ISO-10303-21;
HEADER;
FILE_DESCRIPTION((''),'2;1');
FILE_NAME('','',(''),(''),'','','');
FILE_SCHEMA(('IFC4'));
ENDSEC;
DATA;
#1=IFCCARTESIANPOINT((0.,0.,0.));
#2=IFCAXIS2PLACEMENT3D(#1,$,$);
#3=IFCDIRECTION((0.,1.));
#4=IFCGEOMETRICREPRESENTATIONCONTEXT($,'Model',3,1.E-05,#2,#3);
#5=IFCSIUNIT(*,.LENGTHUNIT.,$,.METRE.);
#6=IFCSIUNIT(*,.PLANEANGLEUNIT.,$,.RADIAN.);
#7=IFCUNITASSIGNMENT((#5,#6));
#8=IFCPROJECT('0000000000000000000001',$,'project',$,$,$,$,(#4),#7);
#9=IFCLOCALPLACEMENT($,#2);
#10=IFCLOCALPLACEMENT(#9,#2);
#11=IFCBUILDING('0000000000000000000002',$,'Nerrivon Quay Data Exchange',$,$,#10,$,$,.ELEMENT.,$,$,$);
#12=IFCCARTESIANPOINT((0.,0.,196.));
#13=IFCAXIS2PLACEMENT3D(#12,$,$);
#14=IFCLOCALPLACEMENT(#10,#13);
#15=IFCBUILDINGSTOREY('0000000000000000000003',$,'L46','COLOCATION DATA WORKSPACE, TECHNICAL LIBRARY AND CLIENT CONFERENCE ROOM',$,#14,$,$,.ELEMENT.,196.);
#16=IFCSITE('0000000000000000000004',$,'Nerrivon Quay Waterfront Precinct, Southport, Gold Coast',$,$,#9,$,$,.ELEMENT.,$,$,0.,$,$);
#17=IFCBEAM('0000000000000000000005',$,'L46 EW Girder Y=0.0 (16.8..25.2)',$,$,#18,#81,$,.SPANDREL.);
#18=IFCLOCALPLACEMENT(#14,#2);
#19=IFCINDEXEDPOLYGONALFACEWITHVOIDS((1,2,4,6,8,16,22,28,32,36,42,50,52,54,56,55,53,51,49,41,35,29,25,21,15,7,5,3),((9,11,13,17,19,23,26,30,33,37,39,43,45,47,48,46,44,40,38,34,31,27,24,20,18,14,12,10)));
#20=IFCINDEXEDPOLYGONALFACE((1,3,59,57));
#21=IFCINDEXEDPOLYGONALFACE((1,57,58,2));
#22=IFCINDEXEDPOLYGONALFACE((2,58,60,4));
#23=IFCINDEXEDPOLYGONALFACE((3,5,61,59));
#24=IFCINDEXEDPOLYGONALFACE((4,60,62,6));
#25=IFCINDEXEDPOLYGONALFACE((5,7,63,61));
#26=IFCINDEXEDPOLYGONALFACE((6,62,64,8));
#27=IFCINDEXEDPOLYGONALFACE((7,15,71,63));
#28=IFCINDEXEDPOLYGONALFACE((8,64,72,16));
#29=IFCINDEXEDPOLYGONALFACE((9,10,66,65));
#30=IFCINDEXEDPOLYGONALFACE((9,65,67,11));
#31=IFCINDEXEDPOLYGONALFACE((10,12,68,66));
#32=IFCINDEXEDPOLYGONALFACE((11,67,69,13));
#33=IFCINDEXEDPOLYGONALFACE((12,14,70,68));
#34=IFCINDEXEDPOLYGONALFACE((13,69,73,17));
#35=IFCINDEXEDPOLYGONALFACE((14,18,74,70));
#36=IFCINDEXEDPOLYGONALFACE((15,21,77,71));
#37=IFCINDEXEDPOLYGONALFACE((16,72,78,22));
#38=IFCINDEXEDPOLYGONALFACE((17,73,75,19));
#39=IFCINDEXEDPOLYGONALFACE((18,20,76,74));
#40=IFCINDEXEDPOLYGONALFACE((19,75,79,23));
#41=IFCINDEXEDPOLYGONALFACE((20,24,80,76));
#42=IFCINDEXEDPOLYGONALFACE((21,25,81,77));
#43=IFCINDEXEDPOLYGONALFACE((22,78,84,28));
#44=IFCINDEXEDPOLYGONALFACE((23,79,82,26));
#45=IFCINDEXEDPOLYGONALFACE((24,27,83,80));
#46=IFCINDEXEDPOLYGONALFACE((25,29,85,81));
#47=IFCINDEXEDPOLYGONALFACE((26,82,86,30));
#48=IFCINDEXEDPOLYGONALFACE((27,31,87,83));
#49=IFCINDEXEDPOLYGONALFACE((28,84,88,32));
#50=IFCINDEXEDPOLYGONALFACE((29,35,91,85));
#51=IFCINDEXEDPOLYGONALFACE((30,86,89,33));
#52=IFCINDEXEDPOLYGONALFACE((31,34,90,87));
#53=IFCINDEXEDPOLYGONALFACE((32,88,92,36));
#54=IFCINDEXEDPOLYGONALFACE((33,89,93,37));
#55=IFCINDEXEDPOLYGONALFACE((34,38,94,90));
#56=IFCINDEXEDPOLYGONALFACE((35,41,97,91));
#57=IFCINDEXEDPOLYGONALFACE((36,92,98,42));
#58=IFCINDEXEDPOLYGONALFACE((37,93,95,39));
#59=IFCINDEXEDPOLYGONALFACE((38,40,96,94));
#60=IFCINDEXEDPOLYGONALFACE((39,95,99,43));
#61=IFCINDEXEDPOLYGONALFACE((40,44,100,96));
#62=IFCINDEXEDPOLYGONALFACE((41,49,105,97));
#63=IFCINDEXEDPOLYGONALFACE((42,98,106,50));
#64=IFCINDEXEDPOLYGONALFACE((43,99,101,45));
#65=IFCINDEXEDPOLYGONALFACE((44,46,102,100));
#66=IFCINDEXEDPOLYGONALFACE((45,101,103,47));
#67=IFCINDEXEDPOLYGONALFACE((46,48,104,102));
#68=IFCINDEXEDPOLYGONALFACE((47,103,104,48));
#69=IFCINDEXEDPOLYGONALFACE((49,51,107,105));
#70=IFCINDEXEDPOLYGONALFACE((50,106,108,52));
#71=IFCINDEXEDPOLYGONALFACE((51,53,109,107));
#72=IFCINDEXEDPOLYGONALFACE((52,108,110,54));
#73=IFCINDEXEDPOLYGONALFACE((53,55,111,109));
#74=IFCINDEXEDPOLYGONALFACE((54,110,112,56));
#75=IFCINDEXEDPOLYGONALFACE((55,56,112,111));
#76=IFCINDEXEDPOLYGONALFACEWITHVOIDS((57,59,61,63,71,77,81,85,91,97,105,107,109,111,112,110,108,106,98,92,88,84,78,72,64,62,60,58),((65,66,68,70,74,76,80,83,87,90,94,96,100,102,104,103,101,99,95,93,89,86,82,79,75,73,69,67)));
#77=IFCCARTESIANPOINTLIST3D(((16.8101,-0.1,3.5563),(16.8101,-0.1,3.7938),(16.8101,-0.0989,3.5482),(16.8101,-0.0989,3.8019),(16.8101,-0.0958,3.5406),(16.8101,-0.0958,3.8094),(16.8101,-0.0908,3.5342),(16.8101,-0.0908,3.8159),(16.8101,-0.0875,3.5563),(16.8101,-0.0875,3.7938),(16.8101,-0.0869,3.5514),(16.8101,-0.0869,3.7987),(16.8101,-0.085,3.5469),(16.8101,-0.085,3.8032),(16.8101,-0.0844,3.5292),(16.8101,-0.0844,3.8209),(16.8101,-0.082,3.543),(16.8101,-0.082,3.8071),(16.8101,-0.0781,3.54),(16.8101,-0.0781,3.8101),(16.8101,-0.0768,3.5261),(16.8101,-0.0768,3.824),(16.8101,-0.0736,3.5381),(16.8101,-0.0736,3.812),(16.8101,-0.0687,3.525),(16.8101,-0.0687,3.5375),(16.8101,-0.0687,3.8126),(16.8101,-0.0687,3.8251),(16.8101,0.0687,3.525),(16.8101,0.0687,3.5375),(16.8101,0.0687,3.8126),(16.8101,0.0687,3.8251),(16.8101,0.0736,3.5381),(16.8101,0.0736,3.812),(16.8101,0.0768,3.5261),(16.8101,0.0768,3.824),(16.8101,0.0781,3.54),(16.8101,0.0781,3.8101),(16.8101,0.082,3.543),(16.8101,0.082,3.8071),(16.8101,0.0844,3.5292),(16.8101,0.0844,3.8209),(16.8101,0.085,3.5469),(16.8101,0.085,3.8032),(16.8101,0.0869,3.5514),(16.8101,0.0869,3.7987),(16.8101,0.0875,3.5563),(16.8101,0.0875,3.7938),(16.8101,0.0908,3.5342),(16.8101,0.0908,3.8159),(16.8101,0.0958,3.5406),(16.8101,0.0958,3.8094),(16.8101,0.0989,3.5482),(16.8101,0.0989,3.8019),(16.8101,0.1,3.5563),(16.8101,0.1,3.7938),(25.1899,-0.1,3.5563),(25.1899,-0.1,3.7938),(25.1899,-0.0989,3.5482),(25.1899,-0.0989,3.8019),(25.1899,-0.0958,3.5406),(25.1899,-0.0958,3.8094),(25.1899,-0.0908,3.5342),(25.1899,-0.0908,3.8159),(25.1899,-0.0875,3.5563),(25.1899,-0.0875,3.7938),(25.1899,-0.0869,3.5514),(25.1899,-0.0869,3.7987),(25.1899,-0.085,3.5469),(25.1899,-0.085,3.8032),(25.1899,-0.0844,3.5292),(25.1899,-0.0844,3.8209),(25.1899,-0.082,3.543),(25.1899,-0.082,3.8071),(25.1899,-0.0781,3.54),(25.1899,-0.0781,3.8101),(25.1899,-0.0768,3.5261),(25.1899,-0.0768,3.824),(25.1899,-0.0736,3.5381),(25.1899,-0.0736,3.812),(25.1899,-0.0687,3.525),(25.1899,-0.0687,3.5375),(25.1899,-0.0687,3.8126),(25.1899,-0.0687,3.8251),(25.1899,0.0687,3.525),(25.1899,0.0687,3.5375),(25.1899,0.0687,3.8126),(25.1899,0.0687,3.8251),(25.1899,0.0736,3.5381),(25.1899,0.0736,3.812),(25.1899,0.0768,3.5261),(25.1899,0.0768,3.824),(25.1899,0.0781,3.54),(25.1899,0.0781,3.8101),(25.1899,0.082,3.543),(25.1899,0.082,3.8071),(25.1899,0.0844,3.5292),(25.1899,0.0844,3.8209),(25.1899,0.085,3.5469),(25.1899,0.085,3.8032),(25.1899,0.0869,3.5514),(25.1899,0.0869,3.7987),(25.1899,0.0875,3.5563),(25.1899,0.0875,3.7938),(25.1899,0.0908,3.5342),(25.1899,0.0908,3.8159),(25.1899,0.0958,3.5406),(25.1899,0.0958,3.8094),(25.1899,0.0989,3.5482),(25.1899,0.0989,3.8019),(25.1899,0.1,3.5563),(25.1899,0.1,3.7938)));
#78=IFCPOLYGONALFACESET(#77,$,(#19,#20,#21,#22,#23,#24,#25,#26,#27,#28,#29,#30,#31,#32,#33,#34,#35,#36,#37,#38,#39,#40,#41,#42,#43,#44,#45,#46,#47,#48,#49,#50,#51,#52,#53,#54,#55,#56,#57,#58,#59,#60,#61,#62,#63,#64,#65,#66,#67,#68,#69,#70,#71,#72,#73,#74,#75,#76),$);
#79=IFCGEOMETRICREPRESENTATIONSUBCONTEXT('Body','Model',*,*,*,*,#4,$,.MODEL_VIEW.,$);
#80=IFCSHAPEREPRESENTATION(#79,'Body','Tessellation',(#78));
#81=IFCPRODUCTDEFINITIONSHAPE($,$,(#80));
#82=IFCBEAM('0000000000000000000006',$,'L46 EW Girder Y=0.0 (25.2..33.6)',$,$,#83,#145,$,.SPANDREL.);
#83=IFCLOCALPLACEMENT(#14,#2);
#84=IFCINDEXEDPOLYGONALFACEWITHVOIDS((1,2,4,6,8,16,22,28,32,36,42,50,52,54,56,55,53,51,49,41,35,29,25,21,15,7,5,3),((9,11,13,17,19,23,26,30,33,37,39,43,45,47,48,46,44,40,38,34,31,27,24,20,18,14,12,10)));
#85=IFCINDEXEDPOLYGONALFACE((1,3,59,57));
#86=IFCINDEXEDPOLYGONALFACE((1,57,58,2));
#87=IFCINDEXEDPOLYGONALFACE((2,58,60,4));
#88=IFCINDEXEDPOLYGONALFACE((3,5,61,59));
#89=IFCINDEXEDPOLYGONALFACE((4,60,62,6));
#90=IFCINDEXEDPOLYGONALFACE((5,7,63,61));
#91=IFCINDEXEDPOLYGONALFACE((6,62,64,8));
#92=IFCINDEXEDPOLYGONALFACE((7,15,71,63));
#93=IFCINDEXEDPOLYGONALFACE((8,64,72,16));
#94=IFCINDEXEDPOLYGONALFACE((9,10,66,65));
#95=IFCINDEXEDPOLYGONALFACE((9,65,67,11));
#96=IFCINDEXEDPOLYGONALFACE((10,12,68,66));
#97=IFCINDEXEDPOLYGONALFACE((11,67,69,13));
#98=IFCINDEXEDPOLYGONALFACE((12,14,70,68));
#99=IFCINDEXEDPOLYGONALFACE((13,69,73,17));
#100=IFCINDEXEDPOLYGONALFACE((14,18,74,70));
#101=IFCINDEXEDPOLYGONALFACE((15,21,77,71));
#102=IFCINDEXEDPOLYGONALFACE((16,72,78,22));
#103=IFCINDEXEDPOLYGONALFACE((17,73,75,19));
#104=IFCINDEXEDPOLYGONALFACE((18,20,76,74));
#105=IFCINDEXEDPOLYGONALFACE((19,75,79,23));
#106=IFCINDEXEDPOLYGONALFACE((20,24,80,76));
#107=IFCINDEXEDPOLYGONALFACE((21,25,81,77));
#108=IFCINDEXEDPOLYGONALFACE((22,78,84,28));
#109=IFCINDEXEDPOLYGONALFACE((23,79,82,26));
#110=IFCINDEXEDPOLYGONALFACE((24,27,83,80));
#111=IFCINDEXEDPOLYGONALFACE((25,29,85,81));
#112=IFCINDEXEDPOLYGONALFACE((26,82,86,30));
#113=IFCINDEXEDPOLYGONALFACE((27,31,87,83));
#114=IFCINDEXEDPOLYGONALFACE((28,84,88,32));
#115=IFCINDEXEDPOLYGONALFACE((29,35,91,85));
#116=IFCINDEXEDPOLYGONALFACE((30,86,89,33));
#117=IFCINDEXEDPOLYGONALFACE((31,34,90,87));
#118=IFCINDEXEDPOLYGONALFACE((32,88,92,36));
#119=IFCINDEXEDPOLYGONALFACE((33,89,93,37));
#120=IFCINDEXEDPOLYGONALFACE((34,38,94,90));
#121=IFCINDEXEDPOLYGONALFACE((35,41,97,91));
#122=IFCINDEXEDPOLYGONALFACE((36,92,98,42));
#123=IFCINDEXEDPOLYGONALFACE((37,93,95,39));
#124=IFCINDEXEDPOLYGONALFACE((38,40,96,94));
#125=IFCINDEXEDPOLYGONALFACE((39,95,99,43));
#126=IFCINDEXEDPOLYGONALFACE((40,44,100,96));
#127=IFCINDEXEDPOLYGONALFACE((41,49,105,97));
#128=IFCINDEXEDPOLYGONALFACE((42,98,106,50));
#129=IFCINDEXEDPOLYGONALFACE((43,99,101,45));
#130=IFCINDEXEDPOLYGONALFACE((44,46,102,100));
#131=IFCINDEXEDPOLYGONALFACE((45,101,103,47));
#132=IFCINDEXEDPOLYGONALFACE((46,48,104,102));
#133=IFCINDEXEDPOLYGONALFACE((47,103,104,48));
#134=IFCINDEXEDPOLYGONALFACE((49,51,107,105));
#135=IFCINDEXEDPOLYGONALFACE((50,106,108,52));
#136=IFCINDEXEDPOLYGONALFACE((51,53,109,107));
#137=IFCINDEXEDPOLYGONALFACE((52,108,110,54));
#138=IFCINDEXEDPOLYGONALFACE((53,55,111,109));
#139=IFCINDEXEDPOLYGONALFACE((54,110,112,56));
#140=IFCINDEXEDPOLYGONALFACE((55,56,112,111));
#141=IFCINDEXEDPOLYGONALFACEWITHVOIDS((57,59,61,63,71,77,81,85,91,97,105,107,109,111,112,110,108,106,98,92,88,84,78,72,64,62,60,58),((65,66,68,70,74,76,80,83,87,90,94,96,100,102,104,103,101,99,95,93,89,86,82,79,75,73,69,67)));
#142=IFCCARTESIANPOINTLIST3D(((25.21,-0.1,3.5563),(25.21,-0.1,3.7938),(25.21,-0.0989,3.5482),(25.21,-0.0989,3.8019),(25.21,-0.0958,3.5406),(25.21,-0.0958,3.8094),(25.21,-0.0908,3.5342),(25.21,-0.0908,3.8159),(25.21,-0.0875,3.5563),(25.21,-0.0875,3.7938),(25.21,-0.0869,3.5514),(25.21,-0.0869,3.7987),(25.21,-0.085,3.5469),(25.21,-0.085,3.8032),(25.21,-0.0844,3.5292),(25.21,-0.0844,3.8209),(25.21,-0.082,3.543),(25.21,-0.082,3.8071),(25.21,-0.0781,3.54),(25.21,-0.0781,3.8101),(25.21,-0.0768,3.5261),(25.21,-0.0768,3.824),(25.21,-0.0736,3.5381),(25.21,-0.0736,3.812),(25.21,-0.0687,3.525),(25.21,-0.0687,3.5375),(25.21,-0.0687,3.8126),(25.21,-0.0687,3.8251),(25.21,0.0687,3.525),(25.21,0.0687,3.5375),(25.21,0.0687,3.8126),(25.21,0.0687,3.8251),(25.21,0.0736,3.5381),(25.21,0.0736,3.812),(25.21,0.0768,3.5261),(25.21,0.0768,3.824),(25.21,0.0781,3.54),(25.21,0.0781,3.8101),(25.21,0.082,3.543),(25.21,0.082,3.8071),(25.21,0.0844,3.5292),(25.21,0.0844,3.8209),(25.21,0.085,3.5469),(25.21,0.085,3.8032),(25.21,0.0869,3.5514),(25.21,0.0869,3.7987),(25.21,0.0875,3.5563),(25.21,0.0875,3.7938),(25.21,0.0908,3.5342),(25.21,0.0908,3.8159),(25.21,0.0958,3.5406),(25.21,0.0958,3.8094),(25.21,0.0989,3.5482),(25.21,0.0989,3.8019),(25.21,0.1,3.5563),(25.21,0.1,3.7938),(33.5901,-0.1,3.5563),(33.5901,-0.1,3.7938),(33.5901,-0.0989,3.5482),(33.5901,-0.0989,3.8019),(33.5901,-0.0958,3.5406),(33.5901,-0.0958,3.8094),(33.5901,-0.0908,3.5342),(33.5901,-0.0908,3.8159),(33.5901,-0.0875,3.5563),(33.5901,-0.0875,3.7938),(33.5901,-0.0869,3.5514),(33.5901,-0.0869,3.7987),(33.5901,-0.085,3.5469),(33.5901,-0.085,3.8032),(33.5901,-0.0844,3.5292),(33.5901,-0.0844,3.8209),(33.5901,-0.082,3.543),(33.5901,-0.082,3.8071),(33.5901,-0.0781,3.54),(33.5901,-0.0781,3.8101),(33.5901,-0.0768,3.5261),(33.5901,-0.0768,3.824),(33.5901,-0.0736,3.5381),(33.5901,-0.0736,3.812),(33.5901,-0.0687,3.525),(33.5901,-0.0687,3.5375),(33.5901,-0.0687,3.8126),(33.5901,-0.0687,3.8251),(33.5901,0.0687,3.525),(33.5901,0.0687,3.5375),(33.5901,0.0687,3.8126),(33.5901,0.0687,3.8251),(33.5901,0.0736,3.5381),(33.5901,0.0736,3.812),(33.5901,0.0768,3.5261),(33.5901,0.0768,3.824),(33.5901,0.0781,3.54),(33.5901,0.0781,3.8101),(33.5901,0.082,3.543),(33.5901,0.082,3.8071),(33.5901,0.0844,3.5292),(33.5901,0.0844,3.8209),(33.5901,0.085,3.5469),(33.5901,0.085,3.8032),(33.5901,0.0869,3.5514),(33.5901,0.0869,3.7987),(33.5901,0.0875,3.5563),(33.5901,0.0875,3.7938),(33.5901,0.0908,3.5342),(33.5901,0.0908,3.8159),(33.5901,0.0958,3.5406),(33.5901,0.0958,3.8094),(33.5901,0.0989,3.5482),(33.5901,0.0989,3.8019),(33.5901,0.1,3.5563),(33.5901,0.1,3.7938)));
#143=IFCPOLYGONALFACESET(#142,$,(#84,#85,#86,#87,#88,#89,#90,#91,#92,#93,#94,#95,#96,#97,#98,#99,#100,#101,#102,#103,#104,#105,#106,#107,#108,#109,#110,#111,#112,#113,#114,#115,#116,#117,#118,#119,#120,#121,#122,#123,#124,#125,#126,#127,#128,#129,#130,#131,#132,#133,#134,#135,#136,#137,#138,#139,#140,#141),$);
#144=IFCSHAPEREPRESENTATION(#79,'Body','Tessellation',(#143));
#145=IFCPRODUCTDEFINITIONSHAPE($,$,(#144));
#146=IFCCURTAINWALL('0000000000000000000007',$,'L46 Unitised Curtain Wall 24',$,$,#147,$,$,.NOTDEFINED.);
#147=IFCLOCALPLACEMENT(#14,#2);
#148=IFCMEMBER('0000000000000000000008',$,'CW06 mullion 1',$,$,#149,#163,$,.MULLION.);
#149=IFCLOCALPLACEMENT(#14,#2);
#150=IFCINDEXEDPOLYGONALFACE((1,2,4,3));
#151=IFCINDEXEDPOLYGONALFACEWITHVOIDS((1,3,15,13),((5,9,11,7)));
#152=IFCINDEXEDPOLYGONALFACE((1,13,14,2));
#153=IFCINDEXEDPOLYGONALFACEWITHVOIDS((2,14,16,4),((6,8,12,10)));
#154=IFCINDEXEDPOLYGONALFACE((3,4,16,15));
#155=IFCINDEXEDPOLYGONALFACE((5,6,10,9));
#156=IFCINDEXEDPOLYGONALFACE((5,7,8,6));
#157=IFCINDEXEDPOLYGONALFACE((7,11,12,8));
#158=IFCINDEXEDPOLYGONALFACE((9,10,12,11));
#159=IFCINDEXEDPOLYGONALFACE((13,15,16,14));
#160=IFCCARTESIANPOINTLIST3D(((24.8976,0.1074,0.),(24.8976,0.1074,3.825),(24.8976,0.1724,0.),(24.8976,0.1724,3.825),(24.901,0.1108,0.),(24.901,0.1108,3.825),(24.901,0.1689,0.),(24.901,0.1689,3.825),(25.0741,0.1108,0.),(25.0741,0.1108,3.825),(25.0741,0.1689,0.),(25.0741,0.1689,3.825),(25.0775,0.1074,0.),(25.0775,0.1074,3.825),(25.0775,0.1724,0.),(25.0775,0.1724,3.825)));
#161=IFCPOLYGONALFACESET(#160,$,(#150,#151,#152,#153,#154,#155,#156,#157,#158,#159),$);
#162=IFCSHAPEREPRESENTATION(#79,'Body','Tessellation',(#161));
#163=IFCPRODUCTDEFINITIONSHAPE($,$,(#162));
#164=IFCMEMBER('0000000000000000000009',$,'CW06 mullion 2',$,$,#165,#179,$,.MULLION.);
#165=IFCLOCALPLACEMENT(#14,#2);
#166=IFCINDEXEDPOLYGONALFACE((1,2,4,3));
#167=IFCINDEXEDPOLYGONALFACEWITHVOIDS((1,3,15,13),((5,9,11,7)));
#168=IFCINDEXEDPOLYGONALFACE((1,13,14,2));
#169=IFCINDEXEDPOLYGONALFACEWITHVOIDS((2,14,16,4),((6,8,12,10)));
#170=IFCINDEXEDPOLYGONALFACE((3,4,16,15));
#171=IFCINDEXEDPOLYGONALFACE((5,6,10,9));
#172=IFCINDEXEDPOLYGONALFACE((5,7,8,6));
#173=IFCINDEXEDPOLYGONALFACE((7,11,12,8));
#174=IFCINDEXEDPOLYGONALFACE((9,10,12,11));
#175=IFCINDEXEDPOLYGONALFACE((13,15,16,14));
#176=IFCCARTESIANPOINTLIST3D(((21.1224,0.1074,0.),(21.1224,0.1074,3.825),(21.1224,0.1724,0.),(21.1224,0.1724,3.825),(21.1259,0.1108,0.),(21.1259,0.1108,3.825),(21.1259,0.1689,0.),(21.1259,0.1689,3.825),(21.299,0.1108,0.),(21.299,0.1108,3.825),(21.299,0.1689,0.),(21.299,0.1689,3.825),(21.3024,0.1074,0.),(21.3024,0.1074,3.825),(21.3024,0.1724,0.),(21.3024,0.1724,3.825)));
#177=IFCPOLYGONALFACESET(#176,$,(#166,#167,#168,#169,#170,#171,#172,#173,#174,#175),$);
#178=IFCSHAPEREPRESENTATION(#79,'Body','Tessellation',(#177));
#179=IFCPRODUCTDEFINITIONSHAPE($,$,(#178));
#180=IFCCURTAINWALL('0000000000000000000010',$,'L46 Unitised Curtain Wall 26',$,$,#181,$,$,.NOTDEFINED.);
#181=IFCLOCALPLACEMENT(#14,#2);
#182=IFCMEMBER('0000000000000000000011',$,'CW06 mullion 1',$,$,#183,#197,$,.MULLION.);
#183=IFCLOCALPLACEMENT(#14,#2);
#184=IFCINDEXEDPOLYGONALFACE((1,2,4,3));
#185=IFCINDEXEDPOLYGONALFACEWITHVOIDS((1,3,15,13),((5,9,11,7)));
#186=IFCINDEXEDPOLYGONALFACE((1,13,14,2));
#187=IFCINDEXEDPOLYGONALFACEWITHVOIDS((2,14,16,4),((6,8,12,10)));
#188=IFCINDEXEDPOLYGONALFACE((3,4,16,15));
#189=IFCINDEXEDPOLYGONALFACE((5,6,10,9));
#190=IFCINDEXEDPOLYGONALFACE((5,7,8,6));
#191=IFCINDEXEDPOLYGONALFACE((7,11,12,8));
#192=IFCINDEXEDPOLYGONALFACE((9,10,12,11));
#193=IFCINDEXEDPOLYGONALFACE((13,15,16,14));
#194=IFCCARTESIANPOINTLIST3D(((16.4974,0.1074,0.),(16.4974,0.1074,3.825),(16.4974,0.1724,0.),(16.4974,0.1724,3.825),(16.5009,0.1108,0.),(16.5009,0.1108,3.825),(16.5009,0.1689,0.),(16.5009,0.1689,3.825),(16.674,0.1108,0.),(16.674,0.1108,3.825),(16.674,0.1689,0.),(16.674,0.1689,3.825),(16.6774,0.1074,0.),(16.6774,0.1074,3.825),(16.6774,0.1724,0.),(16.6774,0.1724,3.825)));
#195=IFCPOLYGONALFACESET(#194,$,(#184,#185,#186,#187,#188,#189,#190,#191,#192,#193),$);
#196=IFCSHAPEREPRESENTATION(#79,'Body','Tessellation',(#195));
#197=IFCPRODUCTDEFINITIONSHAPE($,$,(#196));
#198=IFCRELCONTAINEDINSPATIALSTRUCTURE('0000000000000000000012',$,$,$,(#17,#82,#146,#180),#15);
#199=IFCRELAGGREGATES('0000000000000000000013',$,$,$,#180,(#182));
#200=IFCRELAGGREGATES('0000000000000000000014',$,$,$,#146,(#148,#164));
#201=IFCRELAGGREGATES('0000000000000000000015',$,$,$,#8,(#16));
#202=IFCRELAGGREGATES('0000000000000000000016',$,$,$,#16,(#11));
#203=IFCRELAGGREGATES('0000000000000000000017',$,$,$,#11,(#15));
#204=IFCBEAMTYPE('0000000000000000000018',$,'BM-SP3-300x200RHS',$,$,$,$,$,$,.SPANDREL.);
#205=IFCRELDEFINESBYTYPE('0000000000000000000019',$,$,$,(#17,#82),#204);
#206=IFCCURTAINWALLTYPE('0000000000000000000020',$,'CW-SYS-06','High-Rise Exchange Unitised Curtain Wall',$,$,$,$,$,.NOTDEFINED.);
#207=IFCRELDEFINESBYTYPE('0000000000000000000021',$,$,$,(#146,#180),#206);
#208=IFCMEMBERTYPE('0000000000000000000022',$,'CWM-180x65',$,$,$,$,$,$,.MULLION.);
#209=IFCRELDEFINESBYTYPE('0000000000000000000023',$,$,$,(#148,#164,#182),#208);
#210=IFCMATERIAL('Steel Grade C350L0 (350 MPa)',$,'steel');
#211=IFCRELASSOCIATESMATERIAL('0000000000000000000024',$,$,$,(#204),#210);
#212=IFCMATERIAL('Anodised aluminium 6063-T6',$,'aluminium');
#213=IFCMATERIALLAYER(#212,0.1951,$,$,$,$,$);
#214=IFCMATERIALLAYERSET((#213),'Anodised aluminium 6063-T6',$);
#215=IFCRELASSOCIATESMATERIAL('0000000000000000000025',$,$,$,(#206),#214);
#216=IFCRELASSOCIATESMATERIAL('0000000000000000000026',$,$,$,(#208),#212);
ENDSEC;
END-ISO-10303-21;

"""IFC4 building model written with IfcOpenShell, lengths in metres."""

from ifc_helpers import new_model, si_unit, direction, frame, origin, origin_2d, place, context, subcontext, project, spatial, hollow_rectangle, extrude, material, layer, layer_set, material_profile, profile_set, type_object, element, aggregate, save


model = new_model("IFC4")

# Units and contexts
model_context = context("Model", 3, precision=1e-05, world=origin(), true_north=direction((0.0, 1.0)))
body_context = subcontext(model_context, "Body", "Model", "MODEL_VIEW")
ifc_project = project(units=[si_unit("LENGTHUNIT", "METRE"), si_unit("PLANEANGLEUNIT", "RADIAN")], contexts=[model_context])

# Site, building, storey
site_placement = place(None, origin())
site = spatial("IfcSite", under=ifc_project, at=site_placement, Name="Nerrivon Quay Waterfront Precinct, Southport, Gold Coast", CompositionType="ELEMENT", RefElevation=0.0)
building_placement = place(site_placement, origin())
building = spatial("IfcBuilding", under=site, at=building_placement, Name="Nerrivon Quay Data Exchange", CompositionType="ELEMENT")
storey_placement = place(building_placement, frame((0.0, 0.0, 196.0)))
storey = spatial("IfcBuildingStorey", under=building, at=storey_placement, Name="L46", Description="COLOCATION DATA WORKSPACE, TECHNICAL LIBRARY AND CLIENT CONFERENCE ROOM", CompositionType="ELEMENT", Elevation=196.0)

# Beams
ifc_material_1 = material(Name="Steel Grade C350L0 (350 MPa)", Category="steel")
ifc_material_profile_1 = material_profile(ifc_material_1, hollow_rectangle(XDim=0.2, YDim=0.3, WallThickness=0.0125, InnerFilletRadius=0.0188, OuterFilletRadius=0.0312, at=origin_2d()), Name="300x200x12.5RHS")
ifc_profile_set_1 = profile_set([ifc_material_profile_1], Name="Steel Grade C350L0 (350 MPa)")
beam_type_1 = type_object("IfcBeamType", Name="BM-SP3-300x200RHS", PredefinedType="SPANDREL", material=ifc_profile_set_1)
beam_1_placement = place(storey_placement, frame((16.8101, 0.0, 3.675), z_axis=(1.0, 0.0, 0.0), x_axis=(0.0, 1.0, 0.0)))
element("IfcBeam", 1, at=beam_1_placement, inside=storey, type_object=beam_type_1, Name="L46 EW Girder Y=0.0 (16.8..25.2)", PredefinedType="SPANDREL", context=body_context, shape_type="SweptSolid", body=[
    extrude(hollow_rectangle(XDim=0.2, YDim=0.3, WallThickness=0.0125, InnerFilletRadius=0.0188, OuterFilletRadius=0.0312, at=origin_2d()), origin(), (0.0, 0.0, 1.0), 8.3799),
])
beam_2_placement = place(storey_placement, frame((25.21, 0.0, 3.675), z_axis=(1.0, 0.0, 0.0), x_axis=(0.0, 1.0, 0.0)))
element("IfcBeam", 2, at=beam_2_placement, inside=storey, type_object=beam_type_1, Name="L46 EW Girder Y=0.0 (25.2..33.6)", PredefinedType="SPANDREL", context=body_context, shape_type="SweptSolid", body=[
    extrude(hollow_rectangle(XDim=0.2, YDim=0.3, WallThickness=0.0125, InnerFilletRadius=0.0188, OuterFilletRadius=0.0312, at=origin_2d()), origin(), (0.0, 0.0, 1.0), 8.3801),
])

# Curtain wall, members
ifc_material_2 = material(Name="Anodised aluminium 6063-T6", Category="aluminium")
ifc_layer_1 = layer(ifc_material_2, 0.1951)
ifc_layer_set_1 = layer_set([ifc_layer_1], Name="Anodised aluminium 6063-T6")
curtain_wall_type = type_object("IfcCurtainWallType", Name="CW-SYS-06", Description="High-Rise Exchange Unitised Curtain Wall", PredefinedType="NOTDEFINED", material=ifc_layer_set_1)
curtain_wall_1_placement = place(storey_placement, origin())
curtain_wall_1 = element("IfcCurtainWall", 3, at=curtain_wall_1_placement, inside=storey, type_object=curtain_wall_type, Name="L46 Unitised Curtain Wall 24", PredefinedType="NOTDEFINED")
ifc_material_profile_2 = material_profile(ifc_material_2, hollow_rectangle(XDim=0.0649, YDim=0.1799, WallThickness=0.0034, at=origin_2d()), Name="ALU-MULL-180x65")
ifc_profile_set_2 = profile_set([ifc_material_profile_2], Name="Anodised aluminium 6063-T6")
member_type_1 = type_object("IfcMemberType", Name="CWM-180x65", PredefinedType="MULLION", material=ifc_profile_set_2)
member_1_placement = place(storey_placement, frame((24.9875, 0.1399, 0.0), z_axis=(0.0, 0.0, 1.0), x_axis=(0.0, -1.0, 0.0)))
member_1 = element("IfcMember", 4, at=member_1_placement, type_object=member_type_1, Name="CW06 mullion 1", PredefinedType="MULLION", context=body_context, shape_type="SweptSolid", body=[
    extrude(hollow_rectangle(XDim=0.0649, YDim=0.1799, WallThickness=0.0034, at=origin_2d()), origin(), (0.0, 0.0, 1.0), 3.825),
])
member_2_placement = place(storey_placement, frame((21.2124, 0.1399, 0.0), z_axis=(0.0, 0.0, 1.0), x_axis=(0.0, -1.0, 0.0)))
member_2 = element("IfcMember", 5, at=member_2_placement, type_object=member_type_1, Name="CW06 mullion 2", PredefinedType="MULLION", context=body_context, shape_type="SweptSolid", body=[
    extrude(hollow_rectangle(XDim=0.0649, YDim=0.1799, WallThickness=0.0034, at=origin_2d()), origin(), (0.0, 0.0, 1.0), 3.825),
])

# Curtain wall, member
curtain_wall_2_placement = place(storey_placement, origin())
curtain_wall_2 = element("IfcCurtainWall", 6, at=curtain_wall_2_placement, inside=storey, type_object=curtain_wall_type, Name="L46 Unitised Curtain Wall 26", PredefinedType="NOTDEFINED")
member_3_placement = place(storey_placement, frame((16.5874, 0.1399, 0.0), z_axis=(0.0, 0.0, 1.0), x_axis=(0.0, -1.0, 0.0)))
member_3 = element("IfcMember", 7, at=member_3_placement, type_object=member_type_1, Name="CW06 mullion 1", PredefinedType="MULLION", context=body_context, shape_type="SweptSolid", body=[
    extrude(hollow_rectangle(XDim=0.0649, YDim=0.1799, WallThickness=0.0034, at=origin_2d()), origin(), (0.0, 0.0, 1.0), 3.825),
])
aggregate(curtain_wall_2, [member_3])

aggregate(curtain_wall_1, [member_1, member_2])

save(model, "model.ifc")
